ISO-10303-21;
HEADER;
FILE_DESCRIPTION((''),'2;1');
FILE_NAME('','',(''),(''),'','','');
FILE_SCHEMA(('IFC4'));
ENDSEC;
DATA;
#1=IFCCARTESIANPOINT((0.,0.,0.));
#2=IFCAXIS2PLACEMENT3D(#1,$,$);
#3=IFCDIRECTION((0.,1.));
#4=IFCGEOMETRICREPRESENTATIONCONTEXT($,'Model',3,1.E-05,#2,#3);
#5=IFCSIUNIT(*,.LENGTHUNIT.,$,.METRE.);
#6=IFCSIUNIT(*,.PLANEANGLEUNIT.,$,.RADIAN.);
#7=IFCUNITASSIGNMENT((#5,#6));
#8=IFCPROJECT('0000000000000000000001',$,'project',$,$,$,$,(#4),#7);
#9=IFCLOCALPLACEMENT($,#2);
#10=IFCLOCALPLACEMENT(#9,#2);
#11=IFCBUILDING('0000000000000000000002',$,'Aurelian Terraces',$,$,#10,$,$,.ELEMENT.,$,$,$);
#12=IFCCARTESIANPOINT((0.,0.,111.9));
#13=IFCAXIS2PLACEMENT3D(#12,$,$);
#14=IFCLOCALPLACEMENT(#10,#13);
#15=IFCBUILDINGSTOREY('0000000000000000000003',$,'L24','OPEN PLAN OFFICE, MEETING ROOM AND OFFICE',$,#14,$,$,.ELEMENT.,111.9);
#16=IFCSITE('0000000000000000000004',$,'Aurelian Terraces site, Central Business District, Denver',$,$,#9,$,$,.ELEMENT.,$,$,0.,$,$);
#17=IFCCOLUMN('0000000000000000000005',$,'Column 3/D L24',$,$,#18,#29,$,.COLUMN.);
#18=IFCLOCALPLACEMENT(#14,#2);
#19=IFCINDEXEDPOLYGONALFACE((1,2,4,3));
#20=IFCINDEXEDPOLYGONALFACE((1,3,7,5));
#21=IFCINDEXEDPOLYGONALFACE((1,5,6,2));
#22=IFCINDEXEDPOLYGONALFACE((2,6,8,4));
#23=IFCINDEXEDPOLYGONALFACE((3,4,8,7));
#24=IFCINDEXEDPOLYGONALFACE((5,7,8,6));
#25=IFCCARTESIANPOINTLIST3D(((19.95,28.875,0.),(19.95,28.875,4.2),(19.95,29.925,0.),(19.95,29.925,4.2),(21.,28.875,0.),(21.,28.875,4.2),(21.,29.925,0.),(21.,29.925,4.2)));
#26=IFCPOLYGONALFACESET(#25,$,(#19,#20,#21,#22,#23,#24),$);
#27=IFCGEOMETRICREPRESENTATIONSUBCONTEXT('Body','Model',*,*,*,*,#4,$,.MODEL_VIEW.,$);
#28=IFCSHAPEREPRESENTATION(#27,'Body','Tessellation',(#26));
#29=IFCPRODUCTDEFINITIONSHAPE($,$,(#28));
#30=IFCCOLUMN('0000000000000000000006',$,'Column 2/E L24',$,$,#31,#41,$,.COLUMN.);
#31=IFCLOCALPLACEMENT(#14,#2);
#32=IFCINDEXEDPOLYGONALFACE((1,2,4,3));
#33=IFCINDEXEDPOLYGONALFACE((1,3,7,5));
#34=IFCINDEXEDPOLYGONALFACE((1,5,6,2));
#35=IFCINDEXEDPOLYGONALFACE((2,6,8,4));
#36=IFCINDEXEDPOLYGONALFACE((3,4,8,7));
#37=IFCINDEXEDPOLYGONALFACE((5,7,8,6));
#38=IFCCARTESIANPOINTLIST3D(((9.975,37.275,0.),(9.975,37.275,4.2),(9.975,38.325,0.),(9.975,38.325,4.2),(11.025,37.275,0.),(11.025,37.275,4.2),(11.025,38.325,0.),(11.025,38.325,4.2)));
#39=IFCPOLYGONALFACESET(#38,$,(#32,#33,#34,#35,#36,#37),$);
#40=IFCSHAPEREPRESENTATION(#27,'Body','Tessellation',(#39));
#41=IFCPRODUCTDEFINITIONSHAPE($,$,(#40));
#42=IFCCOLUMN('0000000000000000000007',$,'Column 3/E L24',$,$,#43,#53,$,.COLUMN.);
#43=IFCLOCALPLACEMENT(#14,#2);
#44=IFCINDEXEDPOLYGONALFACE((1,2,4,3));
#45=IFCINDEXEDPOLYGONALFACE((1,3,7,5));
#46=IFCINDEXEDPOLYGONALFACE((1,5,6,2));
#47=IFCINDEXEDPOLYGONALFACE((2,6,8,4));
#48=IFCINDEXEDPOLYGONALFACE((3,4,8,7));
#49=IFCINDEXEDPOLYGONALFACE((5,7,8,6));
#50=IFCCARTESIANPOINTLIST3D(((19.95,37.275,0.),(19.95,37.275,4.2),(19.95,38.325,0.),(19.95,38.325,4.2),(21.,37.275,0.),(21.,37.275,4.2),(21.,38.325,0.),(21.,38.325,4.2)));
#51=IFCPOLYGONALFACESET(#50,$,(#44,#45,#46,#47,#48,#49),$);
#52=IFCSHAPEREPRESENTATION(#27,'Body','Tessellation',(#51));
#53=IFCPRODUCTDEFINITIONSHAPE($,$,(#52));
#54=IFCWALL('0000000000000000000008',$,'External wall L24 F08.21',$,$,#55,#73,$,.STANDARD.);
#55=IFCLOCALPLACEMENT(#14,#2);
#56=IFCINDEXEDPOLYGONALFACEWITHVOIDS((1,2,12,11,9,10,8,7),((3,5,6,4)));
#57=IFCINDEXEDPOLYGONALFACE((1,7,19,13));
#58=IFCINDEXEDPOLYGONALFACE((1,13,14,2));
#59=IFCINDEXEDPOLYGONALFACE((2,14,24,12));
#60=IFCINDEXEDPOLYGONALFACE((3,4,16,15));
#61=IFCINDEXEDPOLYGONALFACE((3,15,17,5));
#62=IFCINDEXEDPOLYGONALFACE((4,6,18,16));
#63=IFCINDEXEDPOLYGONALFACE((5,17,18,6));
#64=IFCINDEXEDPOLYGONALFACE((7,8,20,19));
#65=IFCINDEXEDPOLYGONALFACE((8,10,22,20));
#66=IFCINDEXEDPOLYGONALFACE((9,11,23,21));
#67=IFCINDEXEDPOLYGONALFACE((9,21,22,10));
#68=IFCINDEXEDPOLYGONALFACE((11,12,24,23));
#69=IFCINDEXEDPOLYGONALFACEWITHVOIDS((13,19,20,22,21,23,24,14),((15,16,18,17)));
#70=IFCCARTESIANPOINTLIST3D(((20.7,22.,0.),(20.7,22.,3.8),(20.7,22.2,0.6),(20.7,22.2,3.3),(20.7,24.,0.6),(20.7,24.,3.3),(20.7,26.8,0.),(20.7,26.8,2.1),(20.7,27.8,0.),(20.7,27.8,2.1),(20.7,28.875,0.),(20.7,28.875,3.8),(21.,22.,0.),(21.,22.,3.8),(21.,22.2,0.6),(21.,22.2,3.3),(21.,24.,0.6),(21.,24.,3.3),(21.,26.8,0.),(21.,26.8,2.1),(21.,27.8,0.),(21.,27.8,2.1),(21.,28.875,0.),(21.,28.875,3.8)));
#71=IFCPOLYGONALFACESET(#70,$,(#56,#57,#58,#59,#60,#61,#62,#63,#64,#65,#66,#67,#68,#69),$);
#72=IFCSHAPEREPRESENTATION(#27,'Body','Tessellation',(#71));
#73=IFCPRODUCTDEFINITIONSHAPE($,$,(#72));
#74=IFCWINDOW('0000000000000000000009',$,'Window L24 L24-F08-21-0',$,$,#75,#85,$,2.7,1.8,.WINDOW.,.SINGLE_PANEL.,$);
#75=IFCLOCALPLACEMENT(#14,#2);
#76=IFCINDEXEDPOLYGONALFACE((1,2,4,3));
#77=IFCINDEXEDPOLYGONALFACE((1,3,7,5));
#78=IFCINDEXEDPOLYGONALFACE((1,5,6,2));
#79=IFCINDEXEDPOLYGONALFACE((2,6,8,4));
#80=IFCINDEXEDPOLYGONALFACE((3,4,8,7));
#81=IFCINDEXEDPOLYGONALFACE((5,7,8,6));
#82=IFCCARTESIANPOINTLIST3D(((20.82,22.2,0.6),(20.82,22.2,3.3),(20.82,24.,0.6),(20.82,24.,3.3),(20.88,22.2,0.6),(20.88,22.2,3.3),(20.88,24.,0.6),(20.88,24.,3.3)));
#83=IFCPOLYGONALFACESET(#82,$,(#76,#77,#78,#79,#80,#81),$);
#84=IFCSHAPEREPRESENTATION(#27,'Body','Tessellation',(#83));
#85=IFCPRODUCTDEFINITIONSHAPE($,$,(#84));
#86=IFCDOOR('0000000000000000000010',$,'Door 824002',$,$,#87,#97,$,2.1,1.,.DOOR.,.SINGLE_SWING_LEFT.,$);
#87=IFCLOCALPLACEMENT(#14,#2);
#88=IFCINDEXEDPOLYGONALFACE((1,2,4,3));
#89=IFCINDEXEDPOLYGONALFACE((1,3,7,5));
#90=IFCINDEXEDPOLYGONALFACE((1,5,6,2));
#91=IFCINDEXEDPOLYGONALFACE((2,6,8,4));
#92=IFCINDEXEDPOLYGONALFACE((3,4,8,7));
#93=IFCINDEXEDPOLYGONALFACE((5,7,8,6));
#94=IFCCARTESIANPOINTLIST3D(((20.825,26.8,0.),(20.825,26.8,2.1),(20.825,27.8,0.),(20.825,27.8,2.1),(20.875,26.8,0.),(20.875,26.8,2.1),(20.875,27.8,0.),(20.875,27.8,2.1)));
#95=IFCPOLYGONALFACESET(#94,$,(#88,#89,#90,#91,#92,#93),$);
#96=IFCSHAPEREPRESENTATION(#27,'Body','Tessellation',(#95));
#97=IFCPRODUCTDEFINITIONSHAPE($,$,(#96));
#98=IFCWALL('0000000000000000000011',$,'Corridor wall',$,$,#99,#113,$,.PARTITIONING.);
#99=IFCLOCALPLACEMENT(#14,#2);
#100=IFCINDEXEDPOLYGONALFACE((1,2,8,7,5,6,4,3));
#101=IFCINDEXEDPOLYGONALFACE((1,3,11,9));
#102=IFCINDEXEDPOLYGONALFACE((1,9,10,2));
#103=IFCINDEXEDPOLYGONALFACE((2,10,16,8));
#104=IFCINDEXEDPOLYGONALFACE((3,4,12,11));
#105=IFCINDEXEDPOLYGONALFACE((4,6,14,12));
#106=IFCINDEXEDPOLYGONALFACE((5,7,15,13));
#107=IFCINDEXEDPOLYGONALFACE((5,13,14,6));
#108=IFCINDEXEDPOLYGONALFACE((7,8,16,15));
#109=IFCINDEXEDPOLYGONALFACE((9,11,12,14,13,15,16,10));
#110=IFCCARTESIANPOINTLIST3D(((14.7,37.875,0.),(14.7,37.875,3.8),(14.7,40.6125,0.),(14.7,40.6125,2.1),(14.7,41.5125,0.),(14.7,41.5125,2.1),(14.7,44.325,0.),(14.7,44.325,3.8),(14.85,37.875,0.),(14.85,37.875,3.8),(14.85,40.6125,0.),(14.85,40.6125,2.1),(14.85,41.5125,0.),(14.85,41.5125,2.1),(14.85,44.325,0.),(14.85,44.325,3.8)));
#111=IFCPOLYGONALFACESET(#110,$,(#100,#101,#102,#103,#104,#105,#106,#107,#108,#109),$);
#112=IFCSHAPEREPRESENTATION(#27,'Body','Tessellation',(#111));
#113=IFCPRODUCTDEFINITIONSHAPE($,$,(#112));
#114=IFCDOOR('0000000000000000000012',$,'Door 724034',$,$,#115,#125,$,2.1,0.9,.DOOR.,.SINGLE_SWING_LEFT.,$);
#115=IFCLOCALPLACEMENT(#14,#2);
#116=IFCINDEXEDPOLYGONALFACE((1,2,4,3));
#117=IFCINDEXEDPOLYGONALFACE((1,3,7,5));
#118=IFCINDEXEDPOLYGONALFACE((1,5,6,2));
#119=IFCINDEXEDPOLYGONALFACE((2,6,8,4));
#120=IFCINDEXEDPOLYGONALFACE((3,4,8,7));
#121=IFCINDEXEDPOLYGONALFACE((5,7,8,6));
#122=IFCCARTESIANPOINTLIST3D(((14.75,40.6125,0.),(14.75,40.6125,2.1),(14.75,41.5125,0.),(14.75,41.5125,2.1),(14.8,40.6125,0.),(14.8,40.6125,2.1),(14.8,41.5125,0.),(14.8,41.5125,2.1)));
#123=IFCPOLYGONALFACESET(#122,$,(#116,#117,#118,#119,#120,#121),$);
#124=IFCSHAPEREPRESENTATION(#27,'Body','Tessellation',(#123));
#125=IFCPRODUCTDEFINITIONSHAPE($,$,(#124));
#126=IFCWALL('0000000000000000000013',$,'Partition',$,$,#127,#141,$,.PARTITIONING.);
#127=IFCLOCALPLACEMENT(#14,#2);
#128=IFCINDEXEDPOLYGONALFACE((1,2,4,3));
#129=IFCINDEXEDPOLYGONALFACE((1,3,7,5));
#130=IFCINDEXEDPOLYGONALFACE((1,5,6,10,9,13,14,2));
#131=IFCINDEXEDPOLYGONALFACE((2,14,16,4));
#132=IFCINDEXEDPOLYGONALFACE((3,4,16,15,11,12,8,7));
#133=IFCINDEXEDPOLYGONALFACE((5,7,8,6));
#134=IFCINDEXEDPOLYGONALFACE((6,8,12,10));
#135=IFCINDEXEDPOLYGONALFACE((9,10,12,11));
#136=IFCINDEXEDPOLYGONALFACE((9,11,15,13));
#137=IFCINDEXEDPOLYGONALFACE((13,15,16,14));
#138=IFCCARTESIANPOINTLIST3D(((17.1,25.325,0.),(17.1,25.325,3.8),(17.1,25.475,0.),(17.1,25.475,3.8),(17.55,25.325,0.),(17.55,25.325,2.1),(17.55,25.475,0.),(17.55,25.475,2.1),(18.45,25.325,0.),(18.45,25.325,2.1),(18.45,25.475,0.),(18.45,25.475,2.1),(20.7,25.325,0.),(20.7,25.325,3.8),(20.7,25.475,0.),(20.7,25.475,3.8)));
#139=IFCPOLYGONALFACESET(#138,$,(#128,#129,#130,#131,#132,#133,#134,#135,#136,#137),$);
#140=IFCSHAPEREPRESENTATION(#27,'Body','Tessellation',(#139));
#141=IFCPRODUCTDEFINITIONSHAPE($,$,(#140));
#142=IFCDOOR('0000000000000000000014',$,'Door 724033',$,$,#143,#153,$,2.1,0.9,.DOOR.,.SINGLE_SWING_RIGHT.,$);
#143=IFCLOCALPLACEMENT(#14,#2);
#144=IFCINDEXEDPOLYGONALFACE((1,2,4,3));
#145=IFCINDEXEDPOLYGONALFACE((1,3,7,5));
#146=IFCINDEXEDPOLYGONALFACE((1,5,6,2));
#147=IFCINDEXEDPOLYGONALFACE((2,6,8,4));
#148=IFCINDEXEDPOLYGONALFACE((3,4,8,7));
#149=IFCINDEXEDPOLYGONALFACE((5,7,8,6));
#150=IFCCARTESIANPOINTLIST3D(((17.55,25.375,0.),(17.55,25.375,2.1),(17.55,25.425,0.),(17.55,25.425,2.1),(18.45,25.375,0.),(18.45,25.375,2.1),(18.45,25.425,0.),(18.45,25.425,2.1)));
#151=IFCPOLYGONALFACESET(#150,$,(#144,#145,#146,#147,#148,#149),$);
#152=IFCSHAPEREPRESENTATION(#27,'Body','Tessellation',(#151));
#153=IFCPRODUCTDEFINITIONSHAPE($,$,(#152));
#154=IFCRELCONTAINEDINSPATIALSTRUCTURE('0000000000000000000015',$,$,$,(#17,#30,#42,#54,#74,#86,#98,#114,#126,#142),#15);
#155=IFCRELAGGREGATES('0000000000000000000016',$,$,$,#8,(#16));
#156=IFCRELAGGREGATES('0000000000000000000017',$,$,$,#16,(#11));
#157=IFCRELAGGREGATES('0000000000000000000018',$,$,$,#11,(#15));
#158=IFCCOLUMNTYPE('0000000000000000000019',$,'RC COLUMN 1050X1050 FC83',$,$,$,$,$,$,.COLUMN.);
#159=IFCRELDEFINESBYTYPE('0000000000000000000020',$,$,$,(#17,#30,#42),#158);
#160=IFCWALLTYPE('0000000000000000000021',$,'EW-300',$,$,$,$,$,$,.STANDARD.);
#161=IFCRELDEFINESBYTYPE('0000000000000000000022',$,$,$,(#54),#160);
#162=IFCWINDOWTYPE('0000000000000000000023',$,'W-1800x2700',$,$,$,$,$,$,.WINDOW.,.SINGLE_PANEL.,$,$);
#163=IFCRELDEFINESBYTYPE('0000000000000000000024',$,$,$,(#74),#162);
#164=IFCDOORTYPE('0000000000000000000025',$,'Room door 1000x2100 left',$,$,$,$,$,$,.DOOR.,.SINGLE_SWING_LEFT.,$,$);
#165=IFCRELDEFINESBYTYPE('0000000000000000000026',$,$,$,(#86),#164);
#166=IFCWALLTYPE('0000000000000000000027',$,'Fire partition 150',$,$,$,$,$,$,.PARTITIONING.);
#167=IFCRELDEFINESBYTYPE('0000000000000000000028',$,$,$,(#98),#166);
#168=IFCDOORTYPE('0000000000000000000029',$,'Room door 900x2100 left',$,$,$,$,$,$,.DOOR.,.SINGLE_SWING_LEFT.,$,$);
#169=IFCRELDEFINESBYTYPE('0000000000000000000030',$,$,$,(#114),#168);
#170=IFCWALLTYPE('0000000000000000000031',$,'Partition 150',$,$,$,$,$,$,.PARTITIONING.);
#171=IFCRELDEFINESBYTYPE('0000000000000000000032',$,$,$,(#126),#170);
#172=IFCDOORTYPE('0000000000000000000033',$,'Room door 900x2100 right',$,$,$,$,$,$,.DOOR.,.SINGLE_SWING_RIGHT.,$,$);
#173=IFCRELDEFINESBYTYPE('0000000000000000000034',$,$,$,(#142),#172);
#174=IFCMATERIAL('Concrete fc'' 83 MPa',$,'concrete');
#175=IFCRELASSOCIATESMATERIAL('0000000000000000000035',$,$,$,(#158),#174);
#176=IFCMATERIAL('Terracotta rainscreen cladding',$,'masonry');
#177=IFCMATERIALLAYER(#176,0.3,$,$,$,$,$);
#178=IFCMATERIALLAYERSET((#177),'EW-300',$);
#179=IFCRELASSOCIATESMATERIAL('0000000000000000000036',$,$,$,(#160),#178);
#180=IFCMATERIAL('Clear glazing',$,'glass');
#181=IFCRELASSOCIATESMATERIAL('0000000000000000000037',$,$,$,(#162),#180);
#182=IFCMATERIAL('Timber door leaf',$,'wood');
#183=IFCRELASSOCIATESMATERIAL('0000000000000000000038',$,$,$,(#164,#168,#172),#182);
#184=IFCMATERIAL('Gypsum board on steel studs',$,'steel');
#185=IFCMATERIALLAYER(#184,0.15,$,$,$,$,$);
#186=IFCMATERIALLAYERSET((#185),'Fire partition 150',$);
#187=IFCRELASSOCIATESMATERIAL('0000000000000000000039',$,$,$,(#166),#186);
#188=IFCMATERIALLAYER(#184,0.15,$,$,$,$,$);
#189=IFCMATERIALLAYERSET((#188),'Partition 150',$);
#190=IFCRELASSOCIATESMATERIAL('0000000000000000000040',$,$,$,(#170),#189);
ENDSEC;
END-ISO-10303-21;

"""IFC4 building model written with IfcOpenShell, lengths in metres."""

from ifc_helpers import new_model, si_unit, direction, frame, frame_2d, origin, origin_2d, place, context, subcontext, project, spatial, rectangle, extrude, source, transform, mapped, material, layer, layer_set, material_profile, profile_set, type_object, element, fill, save


model = new_model("IFC4")

# Units and contexts
model_context = context("Model", 3, precision=1e-05, world=origin(), true_north=direction((0.0, 1.0)))
body_context = subcontext(model_context, "Body", "Model", "MODEL_VIEW")
ifc_project = project(units=[si_unit("LENGTHUNIT", "METRE"), si_unit("PLANEANGLEUNIT", "RADIAN")], contexts=[model_context])

# Site, building, storey
site_placement = place(None, origin())
site = spatial("IfcSite", under=ifc_project, at=site_placement, Name="Aurelian Terraces site, Central Business District, Denver", CompositionType="ELEMENT", RefElevation=0.0)
building_placement = place(site_placement, origin())
building = spatial("IfcBuilding", under=site, at=building_placement, Name="Aurelian Terraces", CompositionType="ELEMENT")
storey_placement = place(building_placement, frame((0.0, 0.0, 111.9)))
storey = spatial("IfcBuildingStorey", under=building, at=storey_placement, Name="L24", Description="OPEN PLAN OFFICE, MEETING ROOM AND OFFICE", CompositionType="ELEMENT", Elevation=111.9)

# Columns
ifc_material_1 = material(Name="Concrete fc' 83 MPa", Category="concrete")
ifc_material_profile = material_profile(ifc_material_1, rectangle(XDim=1.05, YDim=1.05, at=origin_2d()))
ifc_profile_set = profile_set([ifc_material_profile], Name="Concrete fc' 83 MPa")
column_type = type_object("IfcColumnType", Name="RC COLUMN 1050X1050 FC83", PredefinedType="COLUMN", material=ifc_profile_set)
shared_shape_1 = source(origin(), body_context, "Body", "SweptSolid", [
    extrude(rectangle(XDim=1.05, YDim=1.05, at=origin_2d()), origin(), (0.0, 0.0, 1.0), 4.2),
])
for number, where, z_axis, x_axis, name in (
    (1, (20.475, 29.4, 0.0), (0.0, 0.0, 1.0), (1.0, 0.0, 0.0), "Column 3/D L24"),
    (2, (10.5, 37.8, 0.0), (0.0, 0.0, 1.0), (1.0, 0.0, 0.0), "Column 2/E L24"),
    (3, (20.475, 37.8, 0.0), (0.0, 0.0, 1.0), (1.0, 0.0, 0.0), "Column 3/E L24"),
):
    element("IfcColumn", number, at=place(storey_placement, frame(where, z_axis=z_axis, x_axis=x_axis)), inside=storey, type_object=column_type, Name=name, PredefinedType="COLUMN", context=body_context, shape_type="MappedRepresentation", body=[
        mapped(shared_shape_1, transform((0.0, 0.0, 0.0), scale=1.0)),
    ])

# Wall, openings, window, door
ifc_material_2 = material(Name="Terracotta rainscreen cladding", Category="masonry")
ifc_layer_1 = layer(ifc_material_2, 0.3)
ifc_layer_set_1 = layer_set([ifc_layer_1], Name="EW-300")
wall_type_1 = type_object("IfcWallType", Name="EW-300", PredefinedType="STANDARD", material=ifc_layer_set_1)
shared_shape_2 = source(origin(), body_context, "Body", "SweptSolid", [
    extrude(rectangle(XDim=6.875, YDim=0.3, at=frame_2d((3.4375, 0.0))), origin(), (0.0, 0.0, 1.0), 3.8),
])
wall_1_placement = place(storey_placement, frame((20.85, 22.0, 0.0), z_axis=(0.0, 0.0, 1.0), x_axis=(0.0, 1.0, 0.0)))
wall_1 = element("IfcWall", 4, at=wall_1_placement, inside=storey, type_object=wall_type_1, Name="External wall L24 F08.21", PredefinedType="STANDARD", context=body_context, shape_type="MappedRepresentation", body=[
    mapped(shared_shape_2, transform((0.0, 0.0, 0.0), scale=1.0)),
])
shared_shape_3 = source(origin(), body_context, "Body", "SweptSolid", [
    extrude(rectangle(XDim=1.8, YDim=2.7, at=frame_2d((0.9, 1.35))), frame((0.0, 0.16, 0.0), z_axis=(0.0, -1.0, 0.0), x_axis=(1.0, 0.0, 0.0)), (0.0, 0.0, 1.0), 0.32),
])
opening_1_placement = place(wall_1_placement, frame((0.2, 0.0, 0.6)))
opening_1 = element("IfcOpeningElement", 5, at=opening_1_placement, cuts=wall_1, PredefinedType="OPENING", context=body_context, shape_type="MappedRepresentation", body=[
    mapped(shared_shape_3, transform((0.0, 0.0, 0.0), scale=1.0)),
])
shared_shape_4 = source(origin(), body_context, "Body", "SweptSolid", [
    extrude(rectangle(XDim=1.0, YDim=2.1, at=frame_2d((0.5, 1.05))), frame((0.0, 0.16, 0.0), z_axis=(0.0, -1.0, 0.0), x_axis=(1.0, 0.0, 0.0)), (0.0, 0.0, 1.0), 0.32),
])
opening_2_placement = place(wall_1_placement, frame((4.8, 0.0, 0.0)))
opening_2 = element("IfcOpeningElement", 6, at=opening_2_placement, cuts=wall_1, PredefinedType="OPENING", context=body_context, shape_type="MappedRepresentation", body=[
    mapped(shared_shape_4, transform((0.0, 0.0, 0.0), scale=1.0)),
])
ifc_material_3 = material(Name="Clear glazing", Category="glass")
window_type = type_object("IfcWindowType", Name="W-1800x2700", PartitioningType="SINGLE_PANEL", PredefinedType="WINDOW", material=ifc_material_3)
shared_shape_5 = source(origin(), body_context, "Body", "SweptSolid", [
    extrude(rectangle(XDim=1.8, YDim=2.7, at=frame_2d((0.9, 1.35))), frame((0.0, 0.03, 0.0), z_axis=(0.0, -1.0, 0.0), x_axis=(1.0, 0.0, 0.0)), (0.0, 0.0, 1.0), 0.06),
])
window_placement = place(opening_1_placement, origin())
window = element("IfcWindow", 7, at=window_placement, inside=storey, type_object=window_type, Name="Window L24 L24-F08-21-0", OverallHeight=2.7, OverallWidth=1.8, PartitioningType="SINGLE_PANEL", PredefinedType="WINDOW", context=body_context, shape_type="MappedRepresentation", body=[
    mapped(shared_shape_5, transform((0.0, 0.0, 0.0), scale=1.0)),
])
fill(opening_1, window)
ifc_material_4 = material(Name="Timber door leaf", Category="wood")
door_type_1 = type_object("IfcDoorType", Name="Room door 1000x2100 left", OperationType="SINGLE_SWING_LEFT", PredefinedType="DOOR", material=ifc_material_4)
shared_shape_6 = source(origin(), body_context, "Body", "SweptSolid", [
    extrude(rectangle(XDim=1.0, YDim=2.1, at=frame_2d((0.5, 1.05))), frame((0.0, 0.025, 0.0), z_axis=(0.0, -1.0, 0.0), x_axis=(1.0, 0.0, 0.0)), (0.0, 0.0, 1.0), 0.05),
])
door_1_placement = place(opening_2_placement, origin())
door_1 = element("IfcDoor", 8, at=door_1_placement, inside=storey, type_object=door_type_1, Name="Door 824002", OperationType="SINGLE_SWING_LEFT", OverallHeight=2.1, OverallWidth=1.0, PredefinedType="DOOR", context=body_context, shape_type="MappedRepresentation", body=[
    mapped(shared_shape_6, transform((0.0, 0.0, 0.0), scale=1.0)),
])
fill(opening_2, door_1)

# Walls, openings, doors
ifc_material_5 = material(Name="Gypsum board on steel studs", Category="steel")
ifc_layer_2 = layer(ifc_material_5, 0.15)
ifc_layer_set_2 = layer_set([ifc_layer_2], Name="Fire partition 150")
wall_type_2 = type_object("IfcWallType", Name="Fire partition 150", PredefinedType="PARTITIONING", material=ifc_layer_set_2)
shared_shape_7 = source(origin(), body_context, "Body", "SweptSolid", [
    extrude(rectangle(XDim=6.45, YDim=0.15, at=frame_2d((3.225, 0.0))), origin(), (0.0, 0.0, 1.0), 3.8),
])
wall_2_placement = place(storey_placement, frame((14.775, 37.875, 0.0), z_axis=(0.0, 0.0, 1.0), x_axis=(0.0, 1.0, 0.0)))
wall_2 = element("IfcWall", 9, at=wall_2_placement, inside=storey, type_object=wall_type_2, Name="Corridor wall", PredefinedType="PARTITIONING", context=body_context, shape_type="MappedRepresentation", body=[
    mapped(shared_shape_7, transform((0.0, 0.0, 0.0), scale=1.0)),
])
shared_shape_8 = source(origin(), body_context, "Body", "SweptSolid", [
    extrude(rectangle(XDim=0.9, YDim=2.1, at=frame_2d((0.45, 1.05))), frame((0.0, 0.085, 0.0), z_axis=(0.0, -1.0, 0.0), x_axis=(1.0, 0.0, 0.0)), (0.0, 0.0, 1.0), 0.17),
])
opening_3_placement = place(wall_2_placement, frame((2.7375, 0.0, 0.0)))
opening_3 = element("IfcOpeningElement", 10, at=opening_3_placement, cuts=wall_2, PredefinedType="OPENING", context=body_context, shape_type="MappedRepresentation", body=[
    mapped(shared_shape_8, transform((0.0, 0.0, 0.0), scale=1.0)),
])
door_type_2 = type_object("IfcDoorType", Name="Room door 900x2100 left", OperationType="SINGLE_SWING_LEFT", PredefinedType="DOOR", material=ifc_material_4)
shared_shape_9 = source(origin(), body_context, "Body", "SweptSolid", [
    extrude(rectangle(XDim=0.9, YDim=2.1, at=frame_2d((0.45, 1.05))), frame((0.0, 0.025, 0.0), z_axis=(0.0, -1.0, 0.0), x_axis=(1.0, 0.0, 0.0)), (0.0, 0.0, 1.0), 0.05),
])
door_2_placement = place(opening_3_placement, origin())
door_2 = element("IfcDoor", 11, at=door_2_placement, inside=storey, type_object=door_type_2, Name="Door 724034", OperationType="SINGLE_SWING_LEFT", OverallHeight=2.1, OverallWidth=0.9, PredefinedType="DOOR", context=body_context, shape_type="MappedRepresentation", body=[
    mapped(shared_shape_9, transform((0.0, 0.0, 0.0), scale=1.0)),
])
fill(opening_3, door_2)
ifc_layer_3 = layer(ifc_material_5, 0.15)
ifc_layer_set_3 = layer_set([ifc_layer_3], Name="Partition 150")
wall_type_3 = type_object("IfcWallType", Name="Partition 150", PredefinedType="PARTITIONING", material=ifc_layer_set_3)
shared_shape_10 = source(origin(), body_context, "Body", "SweptSolid", [
    extrude(rectangle(XDim=3.6, YDim=0.15, at=frame_2d((1.8, 0.0))), origin(), (0.0, 0.0, 1.0), 3.8),
])
wall_3_placement = place(storey_placement, frame((17.1, 25.4, 0.0), z_axis=(0.0, 0.0, 1.0), x_axis=(1.0, 0.0, 0.0)))
wall_3 = element("IfcWall", 12, at=wall_3_placement, inside=storey, type_object=wall_type_3, Name="Partition", PredefinedType="PARTITIONING", context=body_context, shape_type="MappedRepresentation", body=[
    mapped(shared_shape_10, transform((0.0, 0.0, 0.0), scale=1.0)),
])
opening_4_placement = place(wall_3_placement, frame((0.45, 0.0, 0.0)))
opening_4 = element("IfcOpeningElement", 13, at=opening_4_placement, cuts=wall_3, PredefinedType="OPENING", context=body_context, shape_type="MappedRepresentation", body=[
    mapped(shared_shape_8, transform((0.0, 0.0, 0.0), scale=1.0)),
])
door_type_3 = type_object("IfcDoorType", Name="Room door 900x2100 right", OperationType="SINGLE_SWING_RIGHT", PredefinedType="DOOR", material=ifc_material_4)
door_3_placement = place(opening_4_placement, origin())
door_3 = element("IfcDoor", 14, at=door_3_placement, inside=storey, type_object=door_type_3, Name="Door 724033", OperationType="SINGLE_SWING_RIGHT", OverallHeight=2.1, OverallWidth=0.9, PredefinedType="DOOR", context=body_context, shape_type="MappedRepresentation", body=[
    mapped(shared_shape_9, transform((0.0, 0.0, 0.0), scale=1.0)),
])
fill(opening_4, door_3)

save(model, "model.ifc")
